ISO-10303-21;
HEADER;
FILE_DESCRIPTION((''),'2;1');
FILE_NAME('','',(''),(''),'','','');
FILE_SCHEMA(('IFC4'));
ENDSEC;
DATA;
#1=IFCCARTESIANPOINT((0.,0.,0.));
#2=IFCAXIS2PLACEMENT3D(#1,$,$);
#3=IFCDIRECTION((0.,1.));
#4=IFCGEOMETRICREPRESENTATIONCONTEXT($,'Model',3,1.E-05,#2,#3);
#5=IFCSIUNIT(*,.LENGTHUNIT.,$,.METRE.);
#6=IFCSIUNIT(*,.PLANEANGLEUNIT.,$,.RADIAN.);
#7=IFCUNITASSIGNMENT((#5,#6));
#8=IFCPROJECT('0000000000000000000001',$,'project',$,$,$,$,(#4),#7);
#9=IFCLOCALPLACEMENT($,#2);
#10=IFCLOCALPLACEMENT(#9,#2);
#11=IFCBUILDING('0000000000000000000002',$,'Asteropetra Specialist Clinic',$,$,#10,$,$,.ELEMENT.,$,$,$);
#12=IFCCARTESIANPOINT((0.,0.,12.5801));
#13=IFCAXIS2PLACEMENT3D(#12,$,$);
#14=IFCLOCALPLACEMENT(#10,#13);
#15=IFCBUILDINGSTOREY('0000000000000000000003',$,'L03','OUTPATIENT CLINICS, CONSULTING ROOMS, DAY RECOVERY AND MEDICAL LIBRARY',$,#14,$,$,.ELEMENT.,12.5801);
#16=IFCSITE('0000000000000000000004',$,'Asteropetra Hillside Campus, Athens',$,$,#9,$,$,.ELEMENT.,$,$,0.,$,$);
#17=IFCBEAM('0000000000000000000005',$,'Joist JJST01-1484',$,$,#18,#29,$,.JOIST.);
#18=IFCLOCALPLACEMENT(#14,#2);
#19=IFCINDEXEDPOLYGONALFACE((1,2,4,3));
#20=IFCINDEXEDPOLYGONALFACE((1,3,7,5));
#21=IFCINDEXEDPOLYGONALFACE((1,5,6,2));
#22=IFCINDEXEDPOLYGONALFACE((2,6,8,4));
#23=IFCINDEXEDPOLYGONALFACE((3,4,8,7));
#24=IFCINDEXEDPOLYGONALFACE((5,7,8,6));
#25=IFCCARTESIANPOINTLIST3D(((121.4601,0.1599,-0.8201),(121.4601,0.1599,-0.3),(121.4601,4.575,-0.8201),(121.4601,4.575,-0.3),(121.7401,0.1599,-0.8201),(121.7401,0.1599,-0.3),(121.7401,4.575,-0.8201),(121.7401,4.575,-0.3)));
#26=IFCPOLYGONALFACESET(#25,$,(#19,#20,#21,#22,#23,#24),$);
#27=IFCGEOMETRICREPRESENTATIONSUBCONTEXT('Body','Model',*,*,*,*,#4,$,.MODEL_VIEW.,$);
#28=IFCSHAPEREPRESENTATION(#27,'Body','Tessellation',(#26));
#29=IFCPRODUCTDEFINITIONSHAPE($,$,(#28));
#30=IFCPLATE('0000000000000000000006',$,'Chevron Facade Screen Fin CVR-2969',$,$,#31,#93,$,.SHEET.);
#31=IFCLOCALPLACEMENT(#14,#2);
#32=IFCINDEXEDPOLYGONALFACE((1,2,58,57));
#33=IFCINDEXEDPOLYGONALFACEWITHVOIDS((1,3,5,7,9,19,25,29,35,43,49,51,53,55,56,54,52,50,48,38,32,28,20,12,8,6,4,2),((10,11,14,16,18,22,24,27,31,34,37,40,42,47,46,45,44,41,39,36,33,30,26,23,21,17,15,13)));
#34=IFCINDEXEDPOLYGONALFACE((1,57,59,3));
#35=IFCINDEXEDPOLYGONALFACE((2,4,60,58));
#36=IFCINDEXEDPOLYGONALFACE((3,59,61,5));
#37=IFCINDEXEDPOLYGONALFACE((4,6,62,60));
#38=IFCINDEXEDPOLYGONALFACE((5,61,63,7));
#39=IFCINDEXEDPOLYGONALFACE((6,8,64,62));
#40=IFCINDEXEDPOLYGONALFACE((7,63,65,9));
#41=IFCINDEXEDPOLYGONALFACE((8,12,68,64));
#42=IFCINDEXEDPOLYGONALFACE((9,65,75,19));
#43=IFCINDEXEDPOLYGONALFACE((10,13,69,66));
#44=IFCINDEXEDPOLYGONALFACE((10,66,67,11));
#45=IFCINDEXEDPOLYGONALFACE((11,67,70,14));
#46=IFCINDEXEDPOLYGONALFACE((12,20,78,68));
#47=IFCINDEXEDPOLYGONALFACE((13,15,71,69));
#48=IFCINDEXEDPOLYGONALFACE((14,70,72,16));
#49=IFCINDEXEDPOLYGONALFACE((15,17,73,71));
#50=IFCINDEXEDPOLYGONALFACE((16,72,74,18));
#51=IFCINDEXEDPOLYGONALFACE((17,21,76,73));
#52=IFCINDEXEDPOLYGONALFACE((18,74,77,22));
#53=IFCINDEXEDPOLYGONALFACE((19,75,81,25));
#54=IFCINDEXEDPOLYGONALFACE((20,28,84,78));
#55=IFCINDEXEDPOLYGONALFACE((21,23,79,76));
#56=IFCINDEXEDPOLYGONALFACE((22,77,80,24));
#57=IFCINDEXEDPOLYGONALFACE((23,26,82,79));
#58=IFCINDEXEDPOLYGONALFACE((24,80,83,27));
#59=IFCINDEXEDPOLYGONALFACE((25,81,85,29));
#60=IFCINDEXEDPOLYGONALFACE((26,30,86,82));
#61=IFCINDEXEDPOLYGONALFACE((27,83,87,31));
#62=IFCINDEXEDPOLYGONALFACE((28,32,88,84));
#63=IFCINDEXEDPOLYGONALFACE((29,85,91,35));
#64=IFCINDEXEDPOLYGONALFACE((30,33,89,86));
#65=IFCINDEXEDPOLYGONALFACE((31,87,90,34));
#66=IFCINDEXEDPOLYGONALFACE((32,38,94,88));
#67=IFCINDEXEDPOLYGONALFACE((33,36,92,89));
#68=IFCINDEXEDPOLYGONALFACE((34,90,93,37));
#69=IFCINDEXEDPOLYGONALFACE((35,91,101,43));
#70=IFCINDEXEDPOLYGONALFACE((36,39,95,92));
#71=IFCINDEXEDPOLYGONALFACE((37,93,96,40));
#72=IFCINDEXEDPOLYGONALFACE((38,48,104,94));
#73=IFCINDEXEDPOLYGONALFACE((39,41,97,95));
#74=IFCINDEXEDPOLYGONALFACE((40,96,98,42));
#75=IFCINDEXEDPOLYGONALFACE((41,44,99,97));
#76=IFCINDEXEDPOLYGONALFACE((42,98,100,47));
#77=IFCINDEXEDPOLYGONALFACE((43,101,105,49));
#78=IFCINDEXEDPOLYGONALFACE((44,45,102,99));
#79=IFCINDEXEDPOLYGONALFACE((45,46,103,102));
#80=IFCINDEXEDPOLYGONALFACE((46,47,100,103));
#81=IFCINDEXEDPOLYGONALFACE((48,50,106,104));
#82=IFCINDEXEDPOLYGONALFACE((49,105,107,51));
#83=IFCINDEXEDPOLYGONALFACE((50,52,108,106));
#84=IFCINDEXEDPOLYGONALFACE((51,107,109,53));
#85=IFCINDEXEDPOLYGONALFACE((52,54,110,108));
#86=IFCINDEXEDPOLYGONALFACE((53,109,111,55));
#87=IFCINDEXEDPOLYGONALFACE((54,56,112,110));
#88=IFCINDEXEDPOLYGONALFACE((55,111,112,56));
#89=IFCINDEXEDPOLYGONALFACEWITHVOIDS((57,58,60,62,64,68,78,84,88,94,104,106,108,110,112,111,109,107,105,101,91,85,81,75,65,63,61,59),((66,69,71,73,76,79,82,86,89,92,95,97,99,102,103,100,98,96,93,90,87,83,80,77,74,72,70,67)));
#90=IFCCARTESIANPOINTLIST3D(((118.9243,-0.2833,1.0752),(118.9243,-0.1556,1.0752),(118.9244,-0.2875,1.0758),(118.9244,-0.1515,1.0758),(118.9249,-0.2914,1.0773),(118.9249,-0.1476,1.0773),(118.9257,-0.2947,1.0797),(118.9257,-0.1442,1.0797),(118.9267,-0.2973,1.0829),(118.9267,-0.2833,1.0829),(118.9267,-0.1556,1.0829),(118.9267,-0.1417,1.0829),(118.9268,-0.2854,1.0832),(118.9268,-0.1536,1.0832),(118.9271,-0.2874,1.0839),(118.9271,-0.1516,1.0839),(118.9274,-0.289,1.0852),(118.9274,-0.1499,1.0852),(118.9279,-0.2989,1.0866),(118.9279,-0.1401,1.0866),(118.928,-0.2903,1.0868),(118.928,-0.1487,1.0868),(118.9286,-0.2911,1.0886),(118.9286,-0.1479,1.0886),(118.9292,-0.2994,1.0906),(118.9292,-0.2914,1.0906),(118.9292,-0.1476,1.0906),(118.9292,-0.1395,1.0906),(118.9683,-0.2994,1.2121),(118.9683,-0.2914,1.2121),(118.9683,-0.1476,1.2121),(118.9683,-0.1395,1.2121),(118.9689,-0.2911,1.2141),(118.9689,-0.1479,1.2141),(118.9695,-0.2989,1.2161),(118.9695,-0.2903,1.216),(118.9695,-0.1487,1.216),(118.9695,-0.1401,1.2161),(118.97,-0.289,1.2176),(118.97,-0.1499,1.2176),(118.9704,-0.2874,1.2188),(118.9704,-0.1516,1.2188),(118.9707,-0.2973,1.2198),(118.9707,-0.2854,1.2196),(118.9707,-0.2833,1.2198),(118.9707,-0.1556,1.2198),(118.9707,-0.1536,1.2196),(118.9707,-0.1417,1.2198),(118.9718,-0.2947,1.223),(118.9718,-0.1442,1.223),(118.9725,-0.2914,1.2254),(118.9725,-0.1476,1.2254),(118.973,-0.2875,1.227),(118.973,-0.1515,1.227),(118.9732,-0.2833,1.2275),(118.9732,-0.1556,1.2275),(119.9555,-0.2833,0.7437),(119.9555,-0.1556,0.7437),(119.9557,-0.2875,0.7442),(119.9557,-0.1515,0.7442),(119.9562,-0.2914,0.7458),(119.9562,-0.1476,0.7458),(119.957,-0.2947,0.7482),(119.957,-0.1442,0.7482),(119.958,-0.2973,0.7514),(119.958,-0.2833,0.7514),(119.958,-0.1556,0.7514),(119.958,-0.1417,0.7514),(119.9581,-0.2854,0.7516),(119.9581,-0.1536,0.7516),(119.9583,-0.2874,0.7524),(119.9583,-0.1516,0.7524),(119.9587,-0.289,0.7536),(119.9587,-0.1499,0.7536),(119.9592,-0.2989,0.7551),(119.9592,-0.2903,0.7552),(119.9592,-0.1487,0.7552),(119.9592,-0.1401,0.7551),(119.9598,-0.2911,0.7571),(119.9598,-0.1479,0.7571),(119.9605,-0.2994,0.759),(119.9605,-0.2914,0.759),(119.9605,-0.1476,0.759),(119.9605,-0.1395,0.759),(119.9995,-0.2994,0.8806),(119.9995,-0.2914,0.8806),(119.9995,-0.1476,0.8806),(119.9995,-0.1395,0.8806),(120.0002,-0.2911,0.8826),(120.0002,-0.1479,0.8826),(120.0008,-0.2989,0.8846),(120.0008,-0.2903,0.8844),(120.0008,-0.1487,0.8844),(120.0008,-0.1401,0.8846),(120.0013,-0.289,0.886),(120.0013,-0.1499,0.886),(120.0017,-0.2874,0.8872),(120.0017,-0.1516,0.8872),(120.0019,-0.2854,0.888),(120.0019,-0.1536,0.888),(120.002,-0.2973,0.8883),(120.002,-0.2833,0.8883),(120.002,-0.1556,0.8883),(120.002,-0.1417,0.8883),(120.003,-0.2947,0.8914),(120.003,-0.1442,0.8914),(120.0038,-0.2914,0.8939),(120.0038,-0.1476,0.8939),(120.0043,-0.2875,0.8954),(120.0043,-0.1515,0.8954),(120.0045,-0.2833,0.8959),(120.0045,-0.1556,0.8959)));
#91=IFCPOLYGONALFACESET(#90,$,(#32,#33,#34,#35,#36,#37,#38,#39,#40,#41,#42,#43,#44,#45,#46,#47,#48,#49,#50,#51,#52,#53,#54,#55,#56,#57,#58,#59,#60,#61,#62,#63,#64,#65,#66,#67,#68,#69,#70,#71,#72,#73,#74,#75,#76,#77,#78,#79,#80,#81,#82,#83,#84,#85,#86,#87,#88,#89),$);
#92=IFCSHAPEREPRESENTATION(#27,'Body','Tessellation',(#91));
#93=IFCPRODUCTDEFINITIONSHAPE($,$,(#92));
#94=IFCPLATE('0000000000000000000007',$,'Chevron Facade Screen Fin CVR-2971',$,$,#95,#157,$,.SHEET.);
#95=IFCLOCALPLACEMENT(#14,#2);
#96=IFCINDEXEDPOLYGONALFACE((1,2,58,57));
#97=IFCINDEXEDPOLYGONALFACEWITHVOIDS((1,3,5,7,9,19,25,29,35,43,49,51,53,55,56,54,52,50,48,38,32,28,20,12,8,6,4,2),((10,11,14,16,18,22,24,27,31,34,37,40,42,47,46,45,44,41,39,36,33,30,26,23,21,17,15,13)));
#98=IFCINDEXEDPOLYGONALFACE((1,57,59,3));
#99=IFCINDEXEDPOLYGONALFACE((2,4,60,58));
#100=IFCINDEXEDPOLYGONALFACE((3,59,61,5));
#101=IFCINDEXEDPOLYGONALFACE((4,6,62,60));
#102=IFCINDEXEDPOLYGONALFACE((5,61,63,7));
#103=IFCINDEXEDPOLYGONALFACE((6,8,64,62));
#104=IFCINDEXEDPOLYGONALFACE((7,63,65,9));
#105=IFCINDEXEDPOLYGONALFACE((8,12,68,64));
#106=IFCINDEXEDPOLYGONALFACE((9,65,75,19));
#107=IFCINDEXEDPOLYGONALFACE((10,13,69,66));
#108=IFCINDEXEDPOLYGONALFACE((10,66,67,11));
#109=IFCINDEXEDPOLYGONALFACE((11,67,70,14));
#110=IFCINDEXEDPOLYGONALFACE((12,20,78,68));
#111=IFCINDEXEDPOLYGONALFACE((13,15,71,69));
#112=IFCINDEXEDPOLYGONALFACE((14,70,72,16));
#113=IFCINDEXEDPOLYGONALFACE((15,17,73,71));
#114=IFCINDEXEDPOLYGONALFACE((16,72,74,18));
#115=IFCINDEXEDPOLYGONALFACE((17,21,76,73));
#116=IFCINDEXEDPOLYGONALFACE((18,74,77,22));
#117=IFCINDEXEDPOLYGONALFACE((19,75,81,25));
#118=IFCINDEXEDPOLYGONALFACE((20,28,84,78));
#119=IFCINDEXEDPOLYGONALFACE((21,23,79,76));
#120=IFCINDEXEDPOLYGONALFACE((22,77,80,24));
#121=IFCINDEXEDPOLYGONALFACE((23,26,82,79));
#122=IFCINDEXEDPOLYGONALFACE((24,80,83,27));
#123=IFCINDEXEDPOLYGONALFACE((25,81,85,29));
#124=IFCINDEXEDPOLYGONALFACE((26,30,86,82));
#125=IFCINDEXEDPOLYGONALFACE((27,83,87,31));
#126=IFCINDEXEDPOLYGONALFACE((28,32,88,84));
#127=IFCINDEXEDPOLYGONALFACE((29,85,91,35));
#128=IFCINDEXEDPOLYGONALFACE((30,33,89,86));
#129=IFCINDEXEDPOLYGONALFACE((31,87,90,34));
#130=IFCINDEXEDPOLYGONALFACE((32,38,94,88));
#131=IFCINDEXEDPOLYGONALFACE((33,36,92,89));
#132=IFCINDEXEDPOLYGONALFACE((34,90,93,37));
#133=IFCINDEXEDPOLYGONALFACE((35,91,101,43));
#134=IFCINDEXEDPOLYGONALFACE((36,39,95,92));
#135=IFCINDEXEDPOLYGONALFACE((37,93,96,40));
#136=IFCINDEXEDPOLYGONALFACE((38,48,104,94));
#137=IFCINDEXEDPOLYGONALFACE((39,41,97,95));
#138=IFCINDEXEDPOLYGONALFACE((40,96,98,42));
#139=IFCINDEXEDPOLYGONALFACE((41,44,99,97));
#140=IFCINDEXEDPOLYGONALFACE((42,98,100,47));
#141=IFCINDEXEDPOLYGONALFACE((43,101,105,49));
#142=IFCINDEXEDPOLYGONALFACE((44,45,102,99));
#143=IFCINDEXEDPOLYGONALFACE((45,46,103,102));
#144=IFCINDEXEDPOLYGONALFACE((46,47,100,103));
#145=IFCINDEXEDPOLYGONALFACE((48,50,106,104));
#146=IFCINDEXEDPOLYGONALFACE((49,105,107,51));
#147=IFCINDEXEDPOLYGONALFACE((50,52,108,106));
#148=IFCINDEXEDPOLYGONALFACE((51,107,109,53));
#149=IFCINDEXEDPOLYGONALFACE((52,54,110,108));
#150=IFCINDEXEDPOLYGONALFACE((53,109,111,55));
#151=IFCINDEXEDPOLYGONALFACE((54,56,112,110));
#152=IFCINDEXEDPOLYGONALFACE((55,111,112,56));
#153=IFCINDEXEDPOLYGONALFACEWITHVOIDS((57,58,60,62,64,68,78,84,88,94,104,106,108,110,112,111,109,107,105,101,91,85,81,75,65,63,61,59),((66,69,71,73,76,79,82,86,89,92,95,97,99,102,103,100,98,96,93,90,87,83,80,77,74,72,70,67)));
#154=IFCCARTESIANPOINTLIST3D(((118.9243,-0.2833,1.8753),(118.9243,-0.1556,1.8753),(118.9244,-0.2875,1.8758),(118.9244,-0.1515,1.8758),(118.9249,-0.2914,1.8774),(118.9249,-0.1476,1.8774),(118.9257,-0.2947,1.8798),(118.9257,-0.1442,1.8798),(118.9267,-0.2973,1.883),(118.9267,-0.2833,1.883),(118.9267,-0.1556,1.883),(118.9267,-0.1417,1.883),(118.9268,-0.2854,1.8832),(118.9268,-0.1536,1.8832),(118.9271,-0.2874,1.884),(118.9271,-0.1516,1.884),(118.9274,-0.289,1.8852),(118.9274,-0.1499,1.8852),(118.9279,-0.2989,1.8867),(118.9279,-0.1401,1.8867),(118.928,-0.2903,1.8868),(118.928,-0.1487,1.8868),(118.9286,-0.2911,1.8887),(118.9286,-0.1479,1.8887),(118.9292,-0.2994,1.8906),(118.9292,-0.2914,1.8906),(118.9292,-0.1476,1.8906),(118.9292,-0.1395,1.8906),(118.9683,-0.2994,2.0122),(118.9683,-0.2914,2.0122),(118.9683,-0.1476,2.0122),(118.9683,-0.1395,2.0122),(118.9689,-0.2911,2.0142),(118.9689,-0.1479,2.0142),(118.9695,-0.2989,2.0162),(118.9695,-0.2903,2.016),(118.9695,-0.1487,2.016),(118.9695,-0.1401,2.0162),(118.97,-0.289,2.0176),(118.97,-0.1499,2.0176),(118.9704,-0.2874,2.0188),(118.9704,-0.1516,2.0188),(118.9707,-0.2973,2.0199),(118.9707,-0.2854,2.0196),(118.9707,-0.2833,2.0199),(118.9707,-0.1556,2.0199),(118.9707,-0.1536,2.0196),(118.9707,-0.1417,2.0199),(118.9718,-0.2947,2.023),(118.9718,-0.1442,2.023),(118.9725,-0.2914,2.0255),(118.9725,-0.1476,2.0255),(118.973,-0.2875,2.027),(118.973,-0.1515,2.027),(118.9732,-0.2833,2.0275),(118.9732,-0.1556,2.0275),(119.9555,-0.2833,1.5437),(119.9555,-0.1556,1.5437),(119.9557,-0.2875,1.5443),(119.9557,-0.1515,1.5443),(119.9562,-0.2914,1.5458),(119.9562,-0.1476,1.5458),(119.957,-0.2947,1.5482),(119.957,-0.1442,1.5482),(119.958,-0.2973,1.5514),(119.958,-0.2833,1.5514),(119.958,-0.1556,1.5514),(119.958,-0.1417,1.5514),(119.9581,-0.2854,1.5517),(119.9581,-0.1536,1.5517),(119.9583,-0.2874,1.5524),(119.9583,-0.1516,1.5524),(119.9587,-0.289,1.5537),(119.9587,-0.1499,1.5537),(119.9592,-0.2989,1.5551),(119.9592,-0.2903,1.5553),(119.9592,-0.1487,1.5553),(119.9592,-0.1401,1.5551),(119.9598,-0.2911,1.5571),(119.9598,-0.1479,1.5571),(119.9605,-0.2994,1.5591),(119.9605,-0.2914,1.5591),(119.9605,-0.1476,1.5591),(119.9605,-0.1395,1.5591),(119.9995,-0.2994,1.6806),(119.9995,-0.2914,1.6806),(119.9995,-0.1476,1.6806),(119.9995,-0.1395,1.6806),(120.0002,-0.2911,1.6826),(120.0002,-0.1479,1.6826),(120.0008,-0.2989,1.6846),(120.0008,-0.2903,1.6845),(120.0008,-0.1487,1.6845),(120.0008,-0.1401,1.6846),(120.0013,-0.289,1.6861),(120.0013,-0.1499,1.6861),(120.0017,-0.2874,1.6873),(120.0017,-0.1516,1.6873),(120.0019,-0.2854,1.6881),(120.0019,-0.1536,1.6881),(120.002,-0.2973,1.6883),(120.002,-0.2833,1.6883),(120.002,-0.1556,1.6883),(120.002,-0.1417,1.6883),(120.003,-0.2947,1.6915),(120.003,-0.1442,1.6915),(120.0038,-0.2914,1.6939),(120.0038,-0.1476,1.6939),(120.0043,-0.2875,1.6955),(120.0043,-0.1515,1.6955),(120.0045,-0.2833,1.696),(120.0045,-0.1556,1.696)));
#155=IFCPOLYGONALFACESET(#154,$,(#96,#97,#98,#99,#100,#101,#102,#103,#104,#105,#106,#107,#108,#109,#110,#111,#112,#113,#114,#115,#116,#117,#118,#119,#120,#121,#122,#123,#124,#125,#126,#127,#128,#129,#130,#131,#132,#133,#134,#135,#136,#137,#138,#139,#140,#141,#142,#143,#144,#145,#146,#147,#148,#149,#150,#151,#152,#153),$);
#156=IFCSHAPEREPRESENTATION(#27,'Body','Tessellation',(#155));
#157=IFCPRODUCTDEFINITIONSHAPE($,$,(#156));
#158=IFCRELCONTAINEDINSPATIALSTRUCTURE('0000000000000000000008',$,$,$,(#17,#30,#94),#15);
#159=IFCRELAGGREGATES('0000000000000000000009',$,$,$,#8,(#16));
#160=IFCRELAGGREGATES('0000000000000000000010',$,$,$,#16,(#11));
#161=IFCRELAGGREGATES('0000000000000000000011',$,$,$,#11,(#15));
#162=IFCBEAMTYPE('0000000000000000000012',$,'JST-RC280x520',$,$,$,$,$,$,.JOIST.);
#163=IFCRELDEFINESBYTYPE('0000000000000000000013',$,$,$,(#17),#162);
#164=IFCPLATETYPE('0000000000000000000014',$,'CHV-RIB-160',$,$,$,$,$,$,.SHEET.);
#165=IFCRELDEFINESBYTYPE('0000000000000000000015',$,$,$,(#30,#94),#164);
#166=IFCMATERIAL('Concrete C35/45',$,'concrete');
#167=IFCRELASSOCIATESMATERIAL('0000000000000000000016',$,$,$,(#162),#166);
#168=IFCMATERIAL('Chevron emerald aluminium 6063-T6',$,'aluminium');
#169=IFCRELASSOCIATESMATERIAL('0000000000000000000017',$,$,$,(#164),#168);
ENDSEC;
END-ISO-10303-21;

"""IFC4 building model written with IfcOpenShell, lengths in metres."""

from ifc_helpers import new_model, si_unit, direction, frame, origin, origin_2d, place, context, subcontext, project, spatial, rectangle, hollow_rectangle, extrude, material, material_profile, profile_set, type_object, element, save


model = new_model("IFC4")

# Units and contexts
model_context = context("Model", 3, precision=1e-05, world=origin(), true_north=direction((0.0, 1.0)))
body_context = subcontext(model_context, "Body", "Model", "MODEL_VIEW")
ifc_project = project(units=[si_unit("LENGTHUNIT", "METRE"), si_unit("PLANEANGLEUNIT", "RADIAN")], contexts=[model_context])

# Site, building, storey
site_placement = place(None, origin())
site = spatial("IfcSite", under=ifc_project, at=site_placement, Name="Asteropetra Hillside Campus, Athens", CompositionType="ELEMENT", RefElevation=0.0)
building_placement = place(site_placement, origin())
building = spatial("IfcBuilding", under=site, at=building_placement, Name="Asteropetra Specialist Clinic", CompositionType="ELEMENT")
storey_placement = place(building_placement, frame((0.0, 0.0, 12.5801)))
storey = spatial("IfcBuildingStorey", under=building, at=storey_placement, Name="L03", Description="OUTPATIENT CLINICS, CONSULTING ROOMS, DAY RECOVERY AND MEDICAL LIBRARY", CompositionType="ELEMENT", Elevation=12.5801)

# Beam
ifc_material_1 = material(Name="Concrete C35/45", Category="concrete")
ifc_material_profile_1 = material_profile(ifc_material_1, rectangle(XDim=0.28, YDim=0.52, at=origin_2d()), Name="RCJ 280x520")
ifc_profile_set_1 = profile_set([ifc_material_profile_1], Name="Concrete C35/45")
beam_type = type_object("IfcBeamType", Name="JST-RC280x520", PredefinedType="JOIST", material=ifc_profile_set_1)
beam_placement = place(storey_placement, frame((121.6001, 0.1599, -0.5601), z_axis=(0.0, 1.0, 0.0), x_axis=(-1.0, 0.0, 0.0)))
element("IfcBeam", 1, at=beam_placement, inside=storey, type_object=beam_type, Name="Joist JJST01-1484", PredefinedType="JOIST", context=body_context, shape_type="SweptSolid", body=[
    extrude(rectangle(XDim=0.28, YDim=0.52, at=origin_2d()), origin(), (0.0, 0.0, 1.0), 4.415),
])

# Plates
ifc_material_2 = material(Name="Chevron emerald aluminium 6063-T6", Category="aluminium")
ifc_material_profile_2 = material_profile(ifc_material_2, hollow_rectangle(XDim=0.1599, YDim=0.1599, WallThickness=0.0081, InnerFilletRadius=0.0081, OuterFilletRadius=0.0161, at=origin_2d()), Name="SHS 160x160x8.0")
ifc_profile_set_2 = profile_set([ifc_material_profile_2], Name="Chevron emerald aluminium 6063-T6")
plate_type_1 = type_object("IfcPlateType", Name="CHV-RIB-160", PredefinedType="SHEET", material=ifc_profile_set_2)
for number, where, z_axis, x_axis, name in (
    (2, (118.9487, -0.2195, 1.1514), (0.95201, 0.0, -0.306068), (0.0, 1.0, 0.0), "Chevron Facade Screen Fin CVR-2969"),
    (3, (118.9487, -0.2195, 1.9514), (0.95201, 0.0, -0.306068), (0.0, 1.0, 0.0), "Chevron Facade Screen Fin CVR-2971"),
):
    element("IfcPlate", number, at=place(storey_placement, frame(where, z_axis=z_axis, x_axis=x_axis)), inside=storey, type_object=plate_type_1, Name=name, PredefinedType="SHEET", context=body_context, shape_type="SweptSolid", body=[
        extrude(hollow_rectangle(XDim=0.1599, YDim=0.1599, WallThickness=0.0081, InnerFilletRadius=0.0081, OuterFilletRadius=0.0161, at=origin_2d()), origin(), (0.0, 0.0, 1.0), 1.0833),
    ])

save(model, "model.ifc")
